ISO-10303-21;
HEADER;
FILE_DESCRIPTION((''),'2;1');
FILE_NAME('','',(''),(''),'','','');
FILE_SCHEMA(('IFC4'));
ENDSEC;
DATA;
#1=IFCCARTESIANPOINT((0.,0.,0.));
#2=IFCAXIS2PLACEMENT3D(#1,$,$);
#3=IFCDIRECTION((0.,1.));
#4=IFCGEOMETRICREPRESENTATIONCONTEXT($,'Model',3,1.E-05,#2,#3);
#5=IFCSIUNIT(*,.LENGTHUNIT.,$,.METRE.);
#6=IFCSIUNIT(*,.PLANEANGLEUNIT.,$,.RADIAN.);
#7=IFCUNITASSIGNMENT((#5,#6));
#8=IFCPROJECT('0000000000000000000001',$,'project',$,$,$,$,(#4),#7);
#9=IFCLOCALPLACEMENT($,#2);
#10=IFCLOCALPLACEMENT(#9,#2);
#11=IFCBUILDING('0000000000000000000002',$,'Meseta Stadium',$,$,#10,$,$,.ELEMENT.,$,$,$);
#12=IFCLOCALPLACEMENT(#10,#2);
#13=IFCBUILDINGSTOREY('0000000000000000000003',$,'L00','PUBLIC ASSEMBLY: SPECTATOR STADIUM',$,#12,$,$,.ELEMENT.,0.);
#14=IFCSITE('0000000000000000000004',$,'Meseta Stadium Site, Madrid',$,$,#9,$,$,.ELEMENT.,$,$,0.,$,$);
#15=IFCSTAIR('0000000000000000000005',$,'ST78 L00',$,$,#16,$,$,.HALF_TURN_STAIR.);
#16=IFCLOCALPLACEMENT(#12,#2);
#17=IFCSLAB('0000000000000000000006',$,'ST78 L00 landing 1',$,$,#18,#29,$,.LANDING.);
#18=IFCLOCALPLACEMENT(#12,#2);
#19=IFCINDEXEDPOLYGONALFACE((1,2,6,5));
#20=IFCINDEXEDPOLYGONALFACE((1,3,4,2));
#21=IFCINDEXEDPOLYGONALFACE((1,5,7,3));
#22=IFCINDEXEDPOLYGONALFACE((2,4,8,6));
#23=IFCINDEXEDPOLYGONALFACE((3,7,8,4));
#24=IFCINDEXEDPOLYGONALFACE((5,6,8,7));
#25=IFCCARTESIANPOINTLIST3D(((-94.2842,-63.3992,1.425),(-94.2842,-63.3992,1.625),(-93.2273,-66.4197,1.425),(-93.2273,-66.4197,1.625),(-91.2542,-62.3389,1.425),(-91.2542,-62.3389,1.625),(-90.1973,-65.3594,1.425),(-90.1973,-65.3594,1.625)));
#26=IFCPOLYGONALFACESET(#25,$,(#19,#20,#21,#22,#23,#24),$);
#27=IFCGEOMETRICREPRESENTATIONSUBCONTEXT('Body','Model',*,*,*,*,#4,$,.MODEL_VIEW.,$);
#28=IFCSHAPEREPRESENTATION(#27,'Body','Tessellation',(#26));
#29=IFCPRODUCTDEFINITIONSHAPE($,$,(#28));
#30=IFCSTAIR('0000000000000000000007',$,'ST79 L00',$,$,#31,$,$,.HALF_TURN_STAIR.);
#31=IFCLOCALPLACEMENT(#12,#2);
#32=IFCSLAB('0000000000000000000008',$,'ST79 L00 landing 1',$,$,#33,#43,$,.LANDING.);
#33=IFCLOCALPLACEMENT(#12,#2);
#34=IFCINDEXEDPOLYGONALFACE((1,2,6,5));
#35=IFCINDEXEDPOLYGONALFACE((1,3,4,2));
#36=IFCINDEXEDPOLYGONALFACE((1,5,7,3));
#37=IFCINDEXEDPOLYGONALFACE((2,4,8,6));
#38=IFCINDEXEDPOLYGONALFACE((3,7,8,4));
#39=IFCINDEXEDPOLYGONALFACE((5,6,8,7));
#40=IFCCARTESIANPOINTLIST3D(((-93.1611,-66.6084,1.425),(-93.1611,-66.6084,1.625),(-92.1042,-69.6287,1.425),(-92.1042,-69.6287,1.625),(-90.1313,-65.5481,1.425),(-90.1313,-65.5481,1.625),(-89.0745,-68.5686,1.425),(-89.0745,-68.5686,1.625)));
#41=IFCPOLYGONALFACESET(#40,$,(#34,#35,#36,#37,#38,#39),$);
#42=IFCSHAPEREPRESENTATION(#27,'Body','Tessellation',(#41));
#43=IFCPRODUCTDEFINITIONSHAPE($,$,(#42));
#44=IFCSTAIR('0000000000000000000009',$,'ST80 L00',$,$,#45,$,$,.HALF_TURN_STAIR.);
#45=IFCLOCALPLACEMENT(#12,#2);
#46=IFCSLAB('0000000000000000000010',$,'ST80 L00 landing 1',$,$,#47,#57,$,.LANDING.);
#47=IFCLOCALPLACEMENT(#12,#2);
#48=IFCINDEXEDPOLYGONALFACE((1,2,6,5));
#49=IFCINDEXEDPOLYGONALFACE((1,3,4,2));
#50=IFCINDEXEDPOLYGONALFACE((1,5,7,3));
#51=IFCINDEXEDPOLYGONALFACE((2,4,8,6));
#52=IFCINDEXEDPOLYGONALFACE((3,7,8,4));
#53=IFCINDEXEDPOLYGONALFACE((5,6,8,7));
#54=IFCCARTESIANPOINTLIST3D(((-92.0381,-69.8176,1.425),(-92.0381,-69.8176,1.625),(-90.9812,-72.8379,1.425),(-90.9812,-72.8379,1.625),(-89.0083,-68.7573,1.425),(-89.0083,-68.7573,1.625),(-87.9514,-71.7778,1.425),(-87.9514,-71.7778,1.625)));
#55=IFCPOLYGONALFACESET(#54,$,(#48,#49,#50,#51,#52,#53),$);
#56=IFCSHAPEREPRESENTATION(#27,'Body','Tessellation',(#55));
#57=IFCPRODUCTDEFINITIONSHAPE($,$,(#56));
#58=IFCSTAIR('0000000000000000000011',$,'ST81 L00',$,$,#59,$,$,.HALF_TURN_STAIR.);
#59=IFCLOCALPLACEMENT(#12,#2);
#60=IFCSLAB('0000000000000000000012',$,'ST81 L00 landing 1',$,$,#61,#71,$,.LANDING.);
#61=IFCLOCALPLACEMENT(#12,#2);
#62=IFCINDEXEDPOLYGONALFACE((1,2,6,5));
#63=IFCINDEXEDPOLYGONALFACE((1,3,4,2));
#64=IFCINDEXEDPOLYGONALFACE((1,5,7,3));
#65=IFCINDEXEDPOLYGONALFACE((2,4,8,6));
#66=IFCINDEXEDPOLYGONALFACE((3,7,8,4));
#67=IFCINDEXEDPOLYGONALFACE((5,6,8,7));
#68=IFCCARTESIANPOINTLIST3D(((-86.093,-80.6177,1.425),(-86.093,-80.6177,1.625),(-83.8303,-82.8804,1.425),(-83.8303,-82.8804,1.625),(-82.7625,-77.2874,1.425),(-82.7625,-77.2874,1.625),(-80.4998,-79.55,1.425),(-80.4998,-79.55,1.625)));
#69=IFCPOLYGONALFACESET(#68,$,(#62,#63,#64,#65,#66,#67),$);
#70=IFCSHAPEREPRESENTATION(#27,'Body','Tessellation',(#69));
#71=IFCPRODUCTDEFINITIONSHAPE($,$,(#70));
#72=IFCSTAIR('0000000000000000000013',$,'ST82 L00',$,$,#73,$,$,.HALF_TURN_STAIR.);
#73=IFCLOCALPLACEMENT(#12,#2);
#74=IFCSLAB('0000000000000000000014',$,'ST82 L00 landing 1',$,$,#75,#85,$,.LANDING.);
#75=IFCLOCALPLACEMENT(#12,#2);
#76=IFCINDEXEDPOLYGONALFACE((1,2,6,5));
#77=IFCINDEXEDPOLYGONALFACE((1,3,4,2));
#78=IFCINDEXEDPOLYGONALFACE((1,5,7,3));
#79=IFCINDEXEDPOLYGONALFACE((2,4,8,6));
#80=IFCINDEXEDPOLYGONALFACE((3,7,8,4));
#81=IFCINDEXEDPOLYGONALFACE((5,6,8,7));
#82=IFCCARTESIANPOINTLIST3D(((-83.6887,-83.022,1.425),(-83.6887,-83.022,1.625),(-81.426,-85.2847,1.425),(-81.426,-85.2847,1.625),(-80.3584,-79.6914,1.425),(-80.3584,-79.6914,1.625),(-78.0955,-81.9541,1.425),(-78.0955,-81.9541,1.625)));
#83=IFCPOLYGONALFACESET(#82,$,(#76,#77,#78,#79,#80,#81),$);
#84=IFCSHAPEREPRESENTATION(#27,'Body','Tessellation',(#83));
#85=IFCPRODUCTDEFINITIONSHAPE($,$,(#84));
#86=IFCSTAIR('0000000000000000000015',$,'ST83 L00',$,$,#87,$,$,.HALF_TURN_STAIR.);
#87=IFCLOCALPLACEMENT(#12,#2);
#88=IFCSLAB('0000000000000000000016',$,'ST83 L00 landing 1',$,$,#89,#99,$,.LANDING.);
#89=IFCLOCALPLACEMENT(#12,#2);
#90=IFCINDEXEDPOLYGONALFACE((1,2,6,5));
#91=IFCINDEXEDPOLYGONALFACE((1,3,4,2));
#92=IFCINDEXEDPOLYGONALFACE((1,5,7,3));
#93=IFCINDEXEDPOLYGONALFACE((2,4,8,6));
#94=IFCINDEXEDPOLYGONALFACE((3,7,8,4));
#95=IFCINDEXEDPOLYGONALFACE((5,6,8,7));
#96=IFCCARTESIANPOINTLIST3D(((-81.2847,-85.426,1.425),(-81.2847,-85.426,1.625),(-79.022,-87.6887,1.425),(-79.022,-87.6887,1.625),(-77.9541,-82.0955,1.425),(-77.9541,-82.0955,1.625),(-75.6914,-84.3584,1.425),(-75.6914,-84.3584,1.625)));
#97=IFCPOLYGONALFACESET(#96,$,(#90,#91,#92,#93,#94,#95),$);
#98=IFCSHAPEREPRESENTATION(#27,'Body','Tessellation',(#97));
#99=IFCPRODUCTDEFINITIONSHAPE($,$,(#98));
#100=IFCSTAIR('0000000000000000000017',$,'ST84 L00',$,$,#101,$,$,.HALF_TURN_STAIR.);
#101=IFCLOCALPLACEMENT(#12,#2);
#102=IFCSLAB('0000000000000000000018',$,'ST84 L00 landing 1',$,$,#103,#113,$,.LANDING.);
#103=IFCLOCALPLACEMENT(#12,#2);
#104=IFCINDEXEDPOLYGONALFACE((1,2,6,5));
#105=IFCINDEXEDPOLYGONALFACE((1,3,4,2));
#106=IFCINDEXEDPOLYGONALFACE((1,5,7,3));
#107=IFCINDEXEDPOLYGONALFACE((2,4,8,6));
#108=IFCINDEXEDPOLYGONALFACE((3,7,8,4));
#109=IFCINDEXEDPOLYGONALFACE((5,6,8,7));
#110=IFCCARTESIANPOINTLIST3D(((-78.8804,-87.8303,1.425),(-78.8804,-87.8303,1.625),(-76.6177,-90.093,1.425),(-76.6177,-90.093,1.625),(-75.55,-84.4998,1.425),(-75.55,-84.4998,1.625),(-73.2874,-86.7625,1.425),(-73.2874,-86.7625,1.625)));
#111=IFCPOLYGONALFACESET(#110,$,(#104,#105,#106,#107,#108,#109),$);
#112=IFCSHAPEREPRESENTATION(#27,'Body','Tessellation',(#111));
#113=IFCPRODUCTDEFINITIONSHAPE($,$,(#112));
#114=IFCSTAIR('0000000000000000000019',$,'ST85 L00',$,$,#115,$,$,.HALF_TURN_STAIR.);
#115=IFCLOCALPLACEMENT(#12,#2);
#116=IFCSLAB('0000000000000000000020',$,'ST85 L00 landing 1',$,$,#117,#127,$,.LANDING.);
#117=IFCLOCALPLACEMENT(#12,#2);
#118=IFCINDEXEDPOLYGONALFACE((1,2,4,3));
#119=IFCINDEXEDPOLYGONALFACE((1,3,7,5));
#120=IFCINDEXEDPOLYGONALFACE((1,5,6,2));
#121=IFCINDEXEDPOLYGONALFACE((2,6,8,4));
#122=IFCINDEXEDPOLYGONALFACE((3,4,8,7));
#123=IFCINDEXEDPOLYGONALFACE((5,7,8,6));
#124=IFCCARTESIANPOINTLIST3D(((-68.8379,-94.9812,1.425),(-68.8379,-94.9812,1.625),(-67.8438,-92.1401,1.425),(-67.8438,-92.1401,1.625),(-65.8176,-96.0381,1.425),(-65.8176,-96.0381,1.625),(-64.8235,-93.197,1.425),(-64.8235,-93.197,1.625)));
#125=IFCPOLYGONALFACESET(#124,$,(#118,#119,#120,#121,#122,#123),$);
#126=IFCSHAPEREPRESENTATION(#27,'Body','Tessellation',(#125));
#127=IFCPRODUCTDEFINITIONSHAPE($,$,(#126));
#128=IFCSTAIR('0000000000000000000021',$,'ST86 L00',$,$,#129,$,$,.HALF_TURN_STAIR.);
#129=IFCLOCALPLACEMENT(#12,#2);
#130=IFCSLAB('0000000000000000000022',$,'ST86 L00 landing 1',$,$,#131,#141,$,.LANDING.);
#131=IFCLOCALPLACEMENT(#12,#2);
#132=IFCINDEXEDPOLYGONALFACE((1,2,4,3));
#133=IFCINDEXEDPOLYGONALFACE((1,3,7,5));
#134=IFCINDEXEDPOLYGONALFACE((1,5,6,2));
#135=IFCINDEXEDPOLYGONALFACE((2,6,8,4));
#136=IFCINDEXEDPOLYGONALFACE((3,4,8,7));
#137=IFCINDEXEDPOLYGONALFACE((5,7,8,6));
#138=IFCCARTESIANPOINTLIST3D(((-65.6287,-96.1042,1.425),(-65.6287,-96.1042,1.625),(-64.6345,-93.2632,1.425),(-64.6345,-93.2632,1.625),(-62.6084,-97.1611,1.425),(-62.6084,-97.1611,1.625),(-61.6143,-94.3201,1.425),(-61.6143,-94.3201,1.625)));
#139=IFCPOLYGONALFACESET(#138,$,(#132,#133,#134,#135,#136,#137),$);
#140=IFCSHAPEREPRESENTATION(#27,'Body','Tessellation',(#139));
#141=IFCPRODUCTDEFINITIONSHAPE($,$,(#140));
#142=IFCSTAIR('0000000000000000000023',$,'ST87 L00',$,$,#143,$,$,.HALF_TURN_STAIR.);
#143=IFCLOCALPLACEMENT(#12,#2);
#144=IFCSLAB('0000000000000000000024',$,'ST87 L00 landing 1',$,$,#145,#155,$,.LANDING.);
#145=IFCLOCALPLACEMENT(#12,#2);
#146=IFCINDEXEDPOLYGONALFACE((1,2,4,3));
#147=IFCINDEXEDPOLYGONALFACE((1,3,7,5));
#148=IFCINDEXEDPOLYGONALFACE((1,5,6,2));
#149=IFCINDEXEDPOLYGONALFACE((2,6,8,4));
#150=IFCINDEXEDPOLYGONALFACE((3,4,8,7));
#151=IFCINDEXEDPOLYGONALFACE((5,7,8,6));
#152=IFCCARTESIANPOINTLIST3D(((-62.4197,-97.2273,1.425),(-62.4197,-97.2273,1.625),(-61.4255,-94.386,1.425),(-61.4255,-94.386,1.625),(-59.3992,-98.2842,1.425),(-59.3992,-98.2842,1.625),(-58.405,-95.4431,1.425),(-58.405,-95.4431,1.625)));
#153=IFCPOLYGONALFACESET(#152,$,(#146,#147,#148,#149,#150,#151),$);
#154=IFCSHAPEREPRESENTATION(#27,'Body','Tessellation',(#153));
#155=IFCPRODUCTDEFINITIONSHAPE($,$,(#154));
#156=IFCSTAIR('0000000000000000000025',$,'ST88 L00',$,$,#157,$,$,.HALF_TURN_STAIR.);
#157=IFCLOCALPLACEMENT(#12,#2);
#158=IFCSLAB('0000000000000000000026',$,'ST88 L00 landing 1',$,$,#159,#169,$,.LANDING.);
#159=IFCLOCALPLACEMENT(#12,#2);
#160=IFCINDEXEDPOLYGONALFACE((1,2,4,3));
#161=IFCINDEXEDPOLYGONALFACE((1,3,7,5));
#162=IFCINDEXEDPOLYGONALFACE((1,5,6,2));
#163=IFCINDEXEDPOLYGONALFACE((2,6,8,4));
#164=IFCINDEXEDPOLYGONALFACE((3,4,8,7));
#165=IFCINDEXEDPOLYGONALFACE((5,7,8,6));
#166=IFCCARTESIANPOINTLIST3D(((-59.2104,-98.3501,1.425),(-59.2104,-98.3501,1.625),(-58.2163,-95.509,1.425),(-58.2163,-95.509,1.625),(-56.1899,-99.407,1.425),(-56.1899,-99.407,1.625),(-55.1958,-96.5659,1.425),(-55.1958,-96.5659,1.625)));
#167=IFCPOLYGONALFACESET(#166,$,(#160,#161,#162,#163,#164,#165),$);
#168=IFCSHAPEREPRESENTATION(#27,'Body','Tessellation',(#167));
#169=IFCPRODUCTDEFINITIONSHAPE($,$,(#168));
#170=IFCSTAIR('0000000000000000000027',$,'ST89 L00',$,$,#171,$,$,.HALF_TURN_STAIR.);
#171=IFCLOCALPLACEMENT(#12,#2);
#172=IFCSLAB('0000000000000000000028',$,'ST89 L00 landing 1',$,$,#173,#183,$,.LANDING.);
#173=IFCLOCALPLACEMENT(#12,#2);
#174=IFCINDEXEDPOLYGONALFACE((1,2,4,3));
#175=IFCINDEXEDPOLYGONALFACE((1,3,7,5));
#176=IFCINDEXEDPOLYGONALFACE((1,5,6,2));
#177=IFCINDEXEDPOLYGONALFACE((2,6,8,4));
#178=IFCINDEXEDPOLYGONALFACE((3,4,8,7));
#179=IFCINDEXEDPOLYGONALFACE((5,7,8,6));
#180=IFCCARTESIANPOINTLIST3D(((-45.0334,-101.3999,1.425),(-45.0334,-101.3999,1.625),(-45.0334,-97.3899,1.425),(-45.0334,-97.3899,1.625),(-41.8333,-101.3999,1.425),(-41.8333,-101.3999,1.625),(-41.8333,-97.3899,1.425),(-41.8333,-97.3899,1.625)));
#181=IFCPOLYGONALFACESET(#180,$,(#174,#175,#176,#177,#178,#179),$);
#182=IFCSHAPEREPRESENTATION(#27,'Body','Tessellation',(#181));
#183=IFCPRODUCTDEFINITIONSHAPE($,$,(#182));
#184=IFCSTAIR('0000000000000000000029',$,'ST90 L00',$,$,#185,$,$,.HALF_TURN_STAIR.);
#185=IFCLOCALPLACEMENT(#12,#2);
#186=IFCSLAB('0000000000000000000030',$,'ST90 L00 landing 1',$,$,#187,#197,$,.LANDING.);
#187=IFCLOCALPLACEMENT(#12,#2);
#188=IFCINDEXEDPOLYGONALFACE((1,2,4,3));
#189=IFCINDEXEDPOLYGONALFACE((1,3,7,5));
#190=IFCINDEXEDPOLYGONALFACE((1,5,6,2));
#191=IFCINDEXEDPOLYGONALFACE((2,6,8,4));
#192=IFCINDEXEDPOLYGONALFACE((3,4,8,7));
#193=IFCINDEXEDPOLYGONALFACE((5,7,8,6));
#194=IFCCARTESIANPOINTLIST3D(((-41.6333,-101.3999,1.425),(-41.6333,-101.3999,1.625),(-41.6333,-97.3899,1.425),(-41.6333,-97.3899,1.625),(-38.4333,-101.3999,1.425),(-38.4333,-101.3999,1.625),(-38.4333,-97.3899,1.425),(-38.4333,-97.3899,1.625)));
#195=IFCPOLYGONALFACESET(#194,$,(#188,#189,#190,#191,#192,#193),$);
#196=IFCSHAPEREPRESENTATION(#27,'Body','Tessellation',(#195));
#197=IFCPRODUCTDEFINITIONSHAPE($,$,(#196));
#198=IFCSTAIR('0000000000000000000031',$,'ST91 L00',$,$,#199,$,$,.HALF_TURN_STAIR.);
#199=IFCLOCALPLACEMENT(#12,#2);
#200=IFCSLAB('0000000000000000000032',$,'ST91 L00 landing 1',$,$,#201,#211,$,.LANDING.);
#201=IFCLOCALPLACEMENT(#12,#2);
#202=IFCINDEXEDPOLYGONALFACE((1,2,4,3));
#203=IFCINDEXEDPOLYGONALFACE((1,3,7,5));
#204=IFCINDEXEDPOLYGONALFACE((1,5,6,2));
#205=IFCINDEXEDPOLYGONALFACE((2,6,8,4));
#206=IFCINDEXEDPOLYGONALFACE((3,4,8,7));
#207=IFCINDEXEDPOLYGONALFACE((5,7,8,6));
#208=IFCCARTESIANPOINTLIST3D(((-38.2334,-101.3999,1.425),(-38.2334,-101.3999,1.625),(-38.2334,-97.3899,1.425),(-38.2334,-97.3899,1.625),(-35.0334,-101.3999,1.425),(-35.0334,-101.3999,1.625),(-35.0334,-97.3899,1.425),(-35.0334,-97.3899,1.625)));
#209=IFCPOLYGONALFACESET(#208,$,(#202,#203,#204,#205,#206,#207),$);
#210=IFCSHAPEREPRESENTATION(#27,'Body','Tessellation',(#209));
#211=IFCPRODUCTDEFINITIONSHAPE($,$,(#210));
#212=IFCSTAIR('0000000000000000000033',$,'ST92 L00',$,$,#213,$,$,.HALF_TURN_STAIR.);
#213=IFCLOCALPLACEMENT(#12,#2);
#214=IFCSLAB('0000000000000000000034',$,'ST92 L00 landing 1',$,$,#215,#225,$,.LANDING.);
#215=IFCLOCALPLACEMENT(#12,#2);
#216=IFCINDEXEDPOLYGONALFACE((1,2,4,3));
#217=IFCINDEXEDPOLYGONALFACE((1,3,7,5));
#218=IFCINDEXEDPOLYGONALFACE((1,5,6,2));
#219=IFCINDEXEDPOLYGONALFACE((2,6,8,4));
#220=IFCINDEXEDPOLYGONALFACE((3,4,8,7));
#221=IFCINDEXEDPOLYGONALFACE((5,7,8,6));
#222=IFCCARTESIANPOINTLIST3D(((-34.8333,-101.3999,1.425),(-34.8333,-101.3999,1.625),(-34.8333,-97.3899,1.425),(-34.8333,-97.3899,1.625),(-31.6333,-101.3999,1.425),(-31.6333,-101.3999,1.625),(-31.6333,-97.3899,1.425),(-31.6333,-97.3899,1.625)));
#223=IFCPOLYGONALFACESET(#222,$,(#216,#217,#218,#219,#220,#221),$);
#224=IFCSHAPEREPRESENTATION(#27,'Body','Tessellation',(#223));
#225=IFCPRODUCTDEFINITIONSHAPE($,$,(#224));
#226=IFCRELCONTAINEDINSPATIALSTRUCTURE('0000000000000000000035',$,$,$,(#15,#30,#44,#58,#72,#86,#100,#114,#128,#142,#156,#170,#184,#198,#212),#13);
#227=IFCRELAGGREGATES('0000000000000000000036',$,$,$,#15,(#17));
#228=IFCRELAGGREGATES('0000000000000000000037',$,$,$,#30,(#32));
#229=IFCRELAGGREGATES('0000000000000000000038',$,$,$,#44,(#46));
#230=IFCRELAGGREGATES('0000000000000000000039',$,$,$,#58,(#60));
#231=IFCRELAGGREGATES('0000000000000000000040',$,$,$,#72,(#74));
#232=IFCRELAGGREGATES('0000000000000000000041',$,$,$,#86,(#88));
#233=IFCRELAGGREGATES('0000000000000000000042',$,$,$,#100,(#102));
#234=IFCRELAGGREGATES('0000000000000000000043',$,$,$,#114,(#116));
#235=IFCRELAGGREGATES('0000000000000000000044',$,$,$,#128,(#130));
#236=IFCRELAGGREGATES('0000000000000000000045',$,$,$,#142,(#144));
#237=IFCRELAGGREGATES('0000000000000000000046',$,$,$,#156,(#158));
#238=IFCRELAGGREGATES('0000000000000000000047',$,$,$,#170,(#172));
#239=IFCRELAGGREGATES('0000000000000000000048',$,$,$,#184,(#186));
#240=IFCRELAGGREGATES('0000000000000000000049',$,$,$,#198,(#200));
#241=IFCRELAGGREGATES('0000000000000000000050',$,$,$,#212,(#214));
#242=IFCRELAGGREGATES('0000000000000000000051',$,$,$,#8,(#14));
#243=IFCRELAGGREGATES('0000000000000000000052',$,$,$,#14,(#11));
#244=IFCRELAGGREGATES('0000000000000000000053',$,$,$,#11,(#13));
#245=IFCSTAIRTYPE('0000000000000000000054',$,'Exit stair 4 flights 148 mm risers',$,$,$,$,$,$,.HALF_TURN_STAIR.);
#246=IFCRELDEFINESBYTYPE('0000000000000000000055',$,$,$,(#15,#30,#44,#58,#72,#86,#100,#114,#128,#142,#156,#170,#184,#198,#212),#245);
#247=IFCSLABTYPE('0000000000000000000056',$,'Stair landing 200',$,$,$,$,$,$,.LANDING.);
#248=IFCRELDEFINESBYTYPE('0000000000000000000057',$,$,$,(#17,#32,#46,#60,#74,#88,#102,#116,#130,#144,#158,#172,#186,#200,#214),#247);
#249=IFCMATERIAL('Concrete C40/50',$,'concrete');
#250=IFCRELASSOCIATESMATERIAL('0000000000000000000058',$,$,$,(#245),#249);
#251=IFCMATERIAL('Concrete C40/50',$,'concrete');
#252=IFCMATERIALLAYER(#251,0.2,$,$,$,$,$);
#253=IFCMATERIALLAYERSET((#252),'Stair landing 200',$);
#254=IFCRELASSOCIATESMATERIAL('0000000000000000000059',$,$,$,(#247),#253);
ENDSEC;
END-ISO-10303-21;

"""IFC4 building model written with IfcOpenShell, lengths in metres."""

from ifc_helpers import new_model, si_unit, direction, frame, origin, place, context, subcontext, project, spatial, polyline, outline, extrude, material, layer, layer_set, type_object, element, aggregate, save


model = new_model("IFC4")

# Units and contexts
model_context = context("Model", 3, precision=1e-05, world=origin(), true_north=direction((0.0, 1.0)))
body_context = subcontext(model_context, "Body", "Model", "MODEL_VIEW")
ifc_project = project(units=[si_unit("LENGTHUNIT", "METRE"), si_unit("PLANEANGLEUNIT", "RADIAN")], contexts=[model_context])

# Site, building, storey
site_placement = place(None, origin())
site = spatial("IfcSite", under=ifc_project, at=site_placement, Name="Meseta Stadium Site, Madrid", CompositionType="ELEMENT", RefElevation=0.0)
building_placement = place(site_placement, origin())
building = spatial("IfcBuilding", under=site, at=building_placement, Name="Meseta Stadium", CompositionType="ELEMENT")
storey_placement = place(building_placement, origin())
storey = spatial("IfcBuildingStorey", under=building, at=storey_placement, Name="L00", Description="PUBLIC ASSEMBLY: SPECTATOR STADIUM", CompositionType="ELEMENT", Elevation=0.0)

# Stairs, slabs
ifc_material_1 = material(Name="Concrete C40/50", Category="concrete")
stair_type = type_object("IfcStairType", Name="Exit stair 4 flights 148 mm risers", PredefinedType="HALF_TURN_STAIR", material=ifc_material_1)
stair_1_placement = place(storey_placement, origin())
stair_1 = element("IfcStair", 1, at=stair_1_placement, inside=storey, type_object=stair_type, Name="ST78 L00", PredefinedType="HALF_TURN_STAIR")
ifc_material_2 = material(Name="Concrete C40/50", Category="concrete")
ifc_layer = layer(ifc_material_2, 0.2)
ifc_layer_set = layer_set([ifc_layer], Name="Stair landing 200")
slab_type = type_object("IfcSlabType", Name="Stair landing 200", PredefinedType="LANDING", material=ifc_layer_set)
slab_1_placement = place(storey_placement, frame((0.0, 0.0, 1.425)))
slab_1 = element("IfcSlab", 2, at=slab_1_placement, type_object=slab_type, Name="ST78 L00 landing 1", PredefinedType="LANDING", context=body_context, shape_type="SweptSolid", body=[
    extrude(outline(polyline([(-91.2542, -62.3389), (-94.2842, -63.3992), (-93.2273, -66.4197), (-90.1973, -65.3594), (-91.2542, -62.3389)])), origin(), (0.0, 0.0, 1.0), 0.2),
])
aggregate(stair_1, [slab_1])
stair_2_placement = place(storey_placement, origin())
stair_2 = element("IfcStair", 3, at=stair_2_placement, inside=storey, type_object=stair_type, Name="ST79 L00", PredefinedType="HALF_TURN_STAIR")
slab_2_placement = place(storey_placement, frame((0.0, 0.0, 1.425)))
slab_2 = element("IfcSlab", 4, at=slab_2_placement, type_object=slab_type, Name="ST79 L00 landing 1", PredefinedType="LANDING", context=body_context, shape_type="SweptSolid", body=[
    extrude(outline(polyline([(-90.1313, -65.5481), (-93.1611, -66.6084), (-92.1042, -69.6287), (-89.0745, -68.5686), (-90.1313, -65.5481)])), origin(), (0.0, 0.0, 1.0), 0.2),
])
aggregate(stair_2, [slab_2])
stair_3_placement = place(storey_placement, origin())
stair_3 = element("IfcStair", 5, at=stair_3_placement, inside=storey, type_object=stair_type, Name="ST80 L00", PredefinedType="HALF_TURN_STAIR")
slab_3_placement = place(storey_placement, frame((0.0, 0.0, 1.425)))
slab_3 = element("IfcSlab", 6, at=slab_3_placement, type_object=slab_type, Name="ST80 L00 landing 1", PredefinedType="LANDING", context=body_context, shape_type="SweptSolid", body=[
    extrude(outline(polyline([(-89.0083, -68.7573), (-92.0381, -69.8176), (-90.9812, -72.8379), (-87.9514, -71.7778), (-89.0083, -68.7573)])), origin(), (0.0, 0.0, 1.0), 0.2),
])
aggregate(stair_3, [slab_3])
stair_4_placement = place(storey_placement, origin())
stair_4 = element("IfcStair", 7, at=stair_4_placement, inside=storey, type_object=stair_type, Name="ST81 L00", PredefinedType="HALF_TURN_STAIR")
slab_4_placement = place(storey_placement, frame((0.0, 0.0, 1.425)))
slab_4 = element("IfcSlab", 8, at=slab_4_placement, type_object=slab_type, Name="ST81 L00 landing 1", PredefinedType="LANDING", context=body_context, shape_type="SweptSolid", body=[
    extrude(outline(polyline([(-82.7625, -77.2874), (-86.093, -80.6177), (-83.8303, -82.8804), (-80.4998, -79.55), (-82.7625, -77.2874)])), origin(), (0.0, 0.0, 1.0), 0.2),
])
aggregate(stair_4, [slab_4])
stair_5_placement = place(storey_placement, origin())
stair_5 = element("IfcStair", 9, at=stair_5_placement, inside=storey, type_object=stair_type, Name="ST82 L00", PredefinedType="HALF_TURN_STAIR")
slab_5_placement = place(storey_placement, frame((0.0, 0.0, 1.425)))
slab_5 = element("IfcSlab", 10, at=slab_5_placement, type_object=slab_type, Name="ST82 L00 landing 1", PredefinedType="LANDING", context=body_context, shape_type="SweptSolid", body=[
    extrude(outline(polyline([(-80.3584, -79.6914), (-83.6887, -83.022), (-81.426, -85.2847), (-78.0955, -81.9541), (-80.3584, -79.6914)])), origin(), (0.0, 0.0, 1.0), 0.2),
])
aggregate(stair_5, [slab_5])
stair_6_placement = place(storey_placement, origin())
stair_6 = element("IfcStair", 11, at=stair_6_placement, inside=storey, type_object=stair_type, Name="ST83 L00", PredefinedType="HALF_TURN_STAIR")
slab_6_placement = place(storey_placement, frame((0.0, 0.0, 1.425)))
slab_6 = element("IfcSlab", 12, at=slab_6_placement, type_object=slab_type, Name="ST83 L00 landing 1", PredefinedType="LANDING", context=body_context, shape_type="SweptSolid", body=[
    extrude(outline(polyline([(-77.9541, -82.0955), (-81.2847, -85.426), (-79.022, -87.6887), (-75.6914, -84.3584), (-77.9541, -82.0955)])), origin(), (0.0, 0.0, 1.0), 0.2),
])
aggregate(stair_6, [slab_6])
stair_7_placement = place(storey_placement, origin())
stair_7 = element("IfcStair", 13, at=stair_7_placement, inside=storey, type_object=stair_type, Name="ST84 L00", PredefinedType="HALF_TURN_STAIR")
slab_7_placement = place(storey_placement, frame((0.0, 0.0, 1.425)))
slab_7 = element("IfcSlab", 14, at=slab_7_placement, type_object=slab_type, Name="ST84 L00 landing 1", PredefinedType="LANDING", context=body_context, shape_type="SweptSolid", body=[
    extrude(outline(polyline([(-75.55, -84.4998), (-78.8804, -87.8303), (-76.6177, -90.093), (-73.2874, -86.7625), (-75.55, -84.4998)])), origin(), (0.0, 0.0, 1.0), 0.2),
])
aggregate(stair_7, [slab_7])
stair_8_placement = place(storey_placement, origin())
stair_8 = element("IfcStair", 15, at=stair_8_placement, inside=storey, type_object=stair_type, Name="ST85 L00", PredefinedType="HALF_TURN_STAIR")
slab_8_placement = place(storey_placement, frame((0.0, 0.0, 1.425)))
slab_8 = element("IfcSlab", 16, at=slab_8_placement, type_object=slab_type, Name="ST85 L00 landing 1", PredefinedType="LANDING", context=body_context, shape_type="SweptSolid", body=[
    extrude(outline(polyline([(-67.8438, -92.1401), (-68.8379, -94.9812), (-65.8176, -96.0381), (-64.8235, -93.197), (-67.8438, -92.1401)])), origin(), (0.0, 0.0, 1.0), 0.2),
])
aggregate(stair_8, [slab_8])
stair_9_placement = place(storey_placement, origin())
stair_9 = element("IfcStair", 17, at=stair_9_placement, inside=storey, type_object=stair_type, Name="ST86 L00", PredefinedType="HALF_TURN_STAIR")
slab_9_placement = place(storey_placement, frame((0.0, 0.0, 1.425)))
slab_9 = element("IfcSlab", 18, at=slab_9_placement, type_object=slab_type, Name="ST86 L00 landing 1", PredefinedType="LANDING", context=body_context, shape_type="SweptSolid", body=[
    extrude(outline(polyline([(-64.6345, -93.2632), (-65.6287, -96.1042), (-62.6084, -97.1611), (-61.6143, -94.3201), (-64.6345, -93.2632)])), origin(), (0.0, 0.0, 1.0), 0.2),
])
aggregate(stair_9, [slab_9])
stair_10_placement = place(storey_placement, origin())
stair_10 = element("IfcStair", 19, at=stair_10_placement, inside=storey, type_object=stair_type, Name="ST87 L00", PredefinedType="HALF_TURN_STAIR")
slab_10_placement = place(storey_placement, frame((0.0, 0.0, 1.425)))
slab_10 = element("IfcSlab", 20, at=slab_10_placement, type_object=slab_type, Name="ST87 L00 landing 1", PredefinedType="LANDING", context=body_context, shape_type="SweptSolid", body=[
    extrude(outline(polyline([(-61.4255, -94.386), (-62.4197, -97.2273), (-59.3992, -98.2842), (-58.405, -95.4431), (-61.4255, -94.386)])), origin(), (0.0, 0.0, 1.0), 0.2),
])
aggregate(stair_10, [slab_10])
stair_11_placement = place(storey_placement, origin())
stair_11 = element("IfcStair", 21, at=stair_11_placement, inside=storey, type_object=stair_type, Name="ST88 L00", PredefinedType="HALF_TURN_STAIR")
slab_11_placement = place(storey_placement, frame((0.0, 0.0, 1.425)))
slab_11 = element("IfcSlab", 22, at=slab_11_placement, type_object=slab_type, Name="ST88 L00 landing 1", PredefinedType="LANDING", context=body_context, shape_type="SweptSolid", body=[
    extrude(outline(polyline([(-58.2163, -95.509), (-59.2104, -98.3501), (-56.1899, -99.407), (-55.1958, -96.5659), (-58.2163, -95.509)])), origin(), (0.0, 0.0, 1.0), 0.2),
])
aggregate(stair_11, [slab_11])
stair_12_placement = place(storey_placement, origin())
stair_12 = element("IfcStair", 23, at=stair_12_placement, inside=storey, type_object=stair_type, Name="ST89 L00", PredefinedType="HALF_TURN_STAIR")
slab_12_placement = place(storey_placement, frame((0.0, 0.0, 1.425)))
slab_12 = element("IfcSlab", 24, at=slab_12_placement, type_object=slab_type, Name="ST89 L00 landing 1", PredefinedType="LANDING", context=body_context, shape_type="SweptSolid", body=[
    extrude(outline(polyline([(-45.0334, -97.3899), (-45.0334, -101.3999), (-41.8333, -101.3999), (-41.8333, -97.3899), (-45.0334, -97.3899)])), origin(), (0.0, 0.0, 1.0), 0.2),
])
aggregate(stair_12, [slab_12])
stair_13_placement = place(storey_placement, origin())
stair_13 = element("IfcStair", 25, at=stair_13_placement, inside=storey, type_object=stair_type, Name="ST90 L00", PredefinedType="HALF_TURN_STAIR")
slab_13_placement = place(storey_placement, frame((0.0, 0.0, 1.425)))
slab_13 = element("IfcSlab", 26, at=slab_13_placement, type_object=slab_type, Name="ST90 L00 landing 1", PredefinedType="LANDING", context=body_context, shape_type="SweptSolid", body=[
    extrude(outline(polyline([(-41.6333, -97.3899), (-41.6333, -101.3999), (-38.4333, -101.3999), (-38.4333, -97.3899), (-41.6333, -97.3899)])), origin(), (0.0, 0.0, 1.0), 0.2),
])
aggregate(stair_13, [slab_13])
stair_14_placement = place(storey_placement, origin())
stair_14 = element("IfcStair", 27, at=stair_14_placement, inside=storey, type_object=stair_type, Name="ST91 L00", PredefinedType="HALF_TURN_STAIR")
slab_14_placement = place(storey_placement, frame((0.0, 0.0, 1.425)))
slab_14 = element("IfcSlab", 28, at=slab_14_placement, type_object=slab_type, Name="ST91 L00 landing 1", PredefinedType="LANDING", context=body_context, shape_type="SweptSolid", body=[
    extrude(outline(polyline([(-38.2334, -97.3899), (-38.2334, -101.3999), (-35.0334, -101.3999), (-35.0334, -97.3899), (-38.2334, -97.3899)])), origin(), (0.0, 0.0, 1.0), 0.2),
])
aggregate(stair_14, [slab_14])
stair_15_placement = place(storey_placement, origin())
stair_15 = element("IfcStair", 29, at=stair_15_placement, inside=storey, type_object=stair_type, Name="ST92 L00", PredefinedType="HALF_TURN_STAIR")
slab_15_placement = place(storey_placement, frame((0.0, 0.0, 1.425)))
slab_15 = element("IfcSlab", 30, at=slab_15_placement, type_object=slab_type, Name="ST92 L00 landing 1", PredefinedType="LANDING", context=body_context, shape_type="SweptSolid", body=[
    extrude(outline(polyline([(-34.8333, -97.3899), (-34.8333, -101.3999), (-31.6333, -101.3999), (-31.6333, -97.3899), (-34.8333, -97.3899)])), origin(), (0.0, 0.0, 1.0), 0.2),
])
aggregate(stair_15, [slab_15])

save(model, "model.ifc")
